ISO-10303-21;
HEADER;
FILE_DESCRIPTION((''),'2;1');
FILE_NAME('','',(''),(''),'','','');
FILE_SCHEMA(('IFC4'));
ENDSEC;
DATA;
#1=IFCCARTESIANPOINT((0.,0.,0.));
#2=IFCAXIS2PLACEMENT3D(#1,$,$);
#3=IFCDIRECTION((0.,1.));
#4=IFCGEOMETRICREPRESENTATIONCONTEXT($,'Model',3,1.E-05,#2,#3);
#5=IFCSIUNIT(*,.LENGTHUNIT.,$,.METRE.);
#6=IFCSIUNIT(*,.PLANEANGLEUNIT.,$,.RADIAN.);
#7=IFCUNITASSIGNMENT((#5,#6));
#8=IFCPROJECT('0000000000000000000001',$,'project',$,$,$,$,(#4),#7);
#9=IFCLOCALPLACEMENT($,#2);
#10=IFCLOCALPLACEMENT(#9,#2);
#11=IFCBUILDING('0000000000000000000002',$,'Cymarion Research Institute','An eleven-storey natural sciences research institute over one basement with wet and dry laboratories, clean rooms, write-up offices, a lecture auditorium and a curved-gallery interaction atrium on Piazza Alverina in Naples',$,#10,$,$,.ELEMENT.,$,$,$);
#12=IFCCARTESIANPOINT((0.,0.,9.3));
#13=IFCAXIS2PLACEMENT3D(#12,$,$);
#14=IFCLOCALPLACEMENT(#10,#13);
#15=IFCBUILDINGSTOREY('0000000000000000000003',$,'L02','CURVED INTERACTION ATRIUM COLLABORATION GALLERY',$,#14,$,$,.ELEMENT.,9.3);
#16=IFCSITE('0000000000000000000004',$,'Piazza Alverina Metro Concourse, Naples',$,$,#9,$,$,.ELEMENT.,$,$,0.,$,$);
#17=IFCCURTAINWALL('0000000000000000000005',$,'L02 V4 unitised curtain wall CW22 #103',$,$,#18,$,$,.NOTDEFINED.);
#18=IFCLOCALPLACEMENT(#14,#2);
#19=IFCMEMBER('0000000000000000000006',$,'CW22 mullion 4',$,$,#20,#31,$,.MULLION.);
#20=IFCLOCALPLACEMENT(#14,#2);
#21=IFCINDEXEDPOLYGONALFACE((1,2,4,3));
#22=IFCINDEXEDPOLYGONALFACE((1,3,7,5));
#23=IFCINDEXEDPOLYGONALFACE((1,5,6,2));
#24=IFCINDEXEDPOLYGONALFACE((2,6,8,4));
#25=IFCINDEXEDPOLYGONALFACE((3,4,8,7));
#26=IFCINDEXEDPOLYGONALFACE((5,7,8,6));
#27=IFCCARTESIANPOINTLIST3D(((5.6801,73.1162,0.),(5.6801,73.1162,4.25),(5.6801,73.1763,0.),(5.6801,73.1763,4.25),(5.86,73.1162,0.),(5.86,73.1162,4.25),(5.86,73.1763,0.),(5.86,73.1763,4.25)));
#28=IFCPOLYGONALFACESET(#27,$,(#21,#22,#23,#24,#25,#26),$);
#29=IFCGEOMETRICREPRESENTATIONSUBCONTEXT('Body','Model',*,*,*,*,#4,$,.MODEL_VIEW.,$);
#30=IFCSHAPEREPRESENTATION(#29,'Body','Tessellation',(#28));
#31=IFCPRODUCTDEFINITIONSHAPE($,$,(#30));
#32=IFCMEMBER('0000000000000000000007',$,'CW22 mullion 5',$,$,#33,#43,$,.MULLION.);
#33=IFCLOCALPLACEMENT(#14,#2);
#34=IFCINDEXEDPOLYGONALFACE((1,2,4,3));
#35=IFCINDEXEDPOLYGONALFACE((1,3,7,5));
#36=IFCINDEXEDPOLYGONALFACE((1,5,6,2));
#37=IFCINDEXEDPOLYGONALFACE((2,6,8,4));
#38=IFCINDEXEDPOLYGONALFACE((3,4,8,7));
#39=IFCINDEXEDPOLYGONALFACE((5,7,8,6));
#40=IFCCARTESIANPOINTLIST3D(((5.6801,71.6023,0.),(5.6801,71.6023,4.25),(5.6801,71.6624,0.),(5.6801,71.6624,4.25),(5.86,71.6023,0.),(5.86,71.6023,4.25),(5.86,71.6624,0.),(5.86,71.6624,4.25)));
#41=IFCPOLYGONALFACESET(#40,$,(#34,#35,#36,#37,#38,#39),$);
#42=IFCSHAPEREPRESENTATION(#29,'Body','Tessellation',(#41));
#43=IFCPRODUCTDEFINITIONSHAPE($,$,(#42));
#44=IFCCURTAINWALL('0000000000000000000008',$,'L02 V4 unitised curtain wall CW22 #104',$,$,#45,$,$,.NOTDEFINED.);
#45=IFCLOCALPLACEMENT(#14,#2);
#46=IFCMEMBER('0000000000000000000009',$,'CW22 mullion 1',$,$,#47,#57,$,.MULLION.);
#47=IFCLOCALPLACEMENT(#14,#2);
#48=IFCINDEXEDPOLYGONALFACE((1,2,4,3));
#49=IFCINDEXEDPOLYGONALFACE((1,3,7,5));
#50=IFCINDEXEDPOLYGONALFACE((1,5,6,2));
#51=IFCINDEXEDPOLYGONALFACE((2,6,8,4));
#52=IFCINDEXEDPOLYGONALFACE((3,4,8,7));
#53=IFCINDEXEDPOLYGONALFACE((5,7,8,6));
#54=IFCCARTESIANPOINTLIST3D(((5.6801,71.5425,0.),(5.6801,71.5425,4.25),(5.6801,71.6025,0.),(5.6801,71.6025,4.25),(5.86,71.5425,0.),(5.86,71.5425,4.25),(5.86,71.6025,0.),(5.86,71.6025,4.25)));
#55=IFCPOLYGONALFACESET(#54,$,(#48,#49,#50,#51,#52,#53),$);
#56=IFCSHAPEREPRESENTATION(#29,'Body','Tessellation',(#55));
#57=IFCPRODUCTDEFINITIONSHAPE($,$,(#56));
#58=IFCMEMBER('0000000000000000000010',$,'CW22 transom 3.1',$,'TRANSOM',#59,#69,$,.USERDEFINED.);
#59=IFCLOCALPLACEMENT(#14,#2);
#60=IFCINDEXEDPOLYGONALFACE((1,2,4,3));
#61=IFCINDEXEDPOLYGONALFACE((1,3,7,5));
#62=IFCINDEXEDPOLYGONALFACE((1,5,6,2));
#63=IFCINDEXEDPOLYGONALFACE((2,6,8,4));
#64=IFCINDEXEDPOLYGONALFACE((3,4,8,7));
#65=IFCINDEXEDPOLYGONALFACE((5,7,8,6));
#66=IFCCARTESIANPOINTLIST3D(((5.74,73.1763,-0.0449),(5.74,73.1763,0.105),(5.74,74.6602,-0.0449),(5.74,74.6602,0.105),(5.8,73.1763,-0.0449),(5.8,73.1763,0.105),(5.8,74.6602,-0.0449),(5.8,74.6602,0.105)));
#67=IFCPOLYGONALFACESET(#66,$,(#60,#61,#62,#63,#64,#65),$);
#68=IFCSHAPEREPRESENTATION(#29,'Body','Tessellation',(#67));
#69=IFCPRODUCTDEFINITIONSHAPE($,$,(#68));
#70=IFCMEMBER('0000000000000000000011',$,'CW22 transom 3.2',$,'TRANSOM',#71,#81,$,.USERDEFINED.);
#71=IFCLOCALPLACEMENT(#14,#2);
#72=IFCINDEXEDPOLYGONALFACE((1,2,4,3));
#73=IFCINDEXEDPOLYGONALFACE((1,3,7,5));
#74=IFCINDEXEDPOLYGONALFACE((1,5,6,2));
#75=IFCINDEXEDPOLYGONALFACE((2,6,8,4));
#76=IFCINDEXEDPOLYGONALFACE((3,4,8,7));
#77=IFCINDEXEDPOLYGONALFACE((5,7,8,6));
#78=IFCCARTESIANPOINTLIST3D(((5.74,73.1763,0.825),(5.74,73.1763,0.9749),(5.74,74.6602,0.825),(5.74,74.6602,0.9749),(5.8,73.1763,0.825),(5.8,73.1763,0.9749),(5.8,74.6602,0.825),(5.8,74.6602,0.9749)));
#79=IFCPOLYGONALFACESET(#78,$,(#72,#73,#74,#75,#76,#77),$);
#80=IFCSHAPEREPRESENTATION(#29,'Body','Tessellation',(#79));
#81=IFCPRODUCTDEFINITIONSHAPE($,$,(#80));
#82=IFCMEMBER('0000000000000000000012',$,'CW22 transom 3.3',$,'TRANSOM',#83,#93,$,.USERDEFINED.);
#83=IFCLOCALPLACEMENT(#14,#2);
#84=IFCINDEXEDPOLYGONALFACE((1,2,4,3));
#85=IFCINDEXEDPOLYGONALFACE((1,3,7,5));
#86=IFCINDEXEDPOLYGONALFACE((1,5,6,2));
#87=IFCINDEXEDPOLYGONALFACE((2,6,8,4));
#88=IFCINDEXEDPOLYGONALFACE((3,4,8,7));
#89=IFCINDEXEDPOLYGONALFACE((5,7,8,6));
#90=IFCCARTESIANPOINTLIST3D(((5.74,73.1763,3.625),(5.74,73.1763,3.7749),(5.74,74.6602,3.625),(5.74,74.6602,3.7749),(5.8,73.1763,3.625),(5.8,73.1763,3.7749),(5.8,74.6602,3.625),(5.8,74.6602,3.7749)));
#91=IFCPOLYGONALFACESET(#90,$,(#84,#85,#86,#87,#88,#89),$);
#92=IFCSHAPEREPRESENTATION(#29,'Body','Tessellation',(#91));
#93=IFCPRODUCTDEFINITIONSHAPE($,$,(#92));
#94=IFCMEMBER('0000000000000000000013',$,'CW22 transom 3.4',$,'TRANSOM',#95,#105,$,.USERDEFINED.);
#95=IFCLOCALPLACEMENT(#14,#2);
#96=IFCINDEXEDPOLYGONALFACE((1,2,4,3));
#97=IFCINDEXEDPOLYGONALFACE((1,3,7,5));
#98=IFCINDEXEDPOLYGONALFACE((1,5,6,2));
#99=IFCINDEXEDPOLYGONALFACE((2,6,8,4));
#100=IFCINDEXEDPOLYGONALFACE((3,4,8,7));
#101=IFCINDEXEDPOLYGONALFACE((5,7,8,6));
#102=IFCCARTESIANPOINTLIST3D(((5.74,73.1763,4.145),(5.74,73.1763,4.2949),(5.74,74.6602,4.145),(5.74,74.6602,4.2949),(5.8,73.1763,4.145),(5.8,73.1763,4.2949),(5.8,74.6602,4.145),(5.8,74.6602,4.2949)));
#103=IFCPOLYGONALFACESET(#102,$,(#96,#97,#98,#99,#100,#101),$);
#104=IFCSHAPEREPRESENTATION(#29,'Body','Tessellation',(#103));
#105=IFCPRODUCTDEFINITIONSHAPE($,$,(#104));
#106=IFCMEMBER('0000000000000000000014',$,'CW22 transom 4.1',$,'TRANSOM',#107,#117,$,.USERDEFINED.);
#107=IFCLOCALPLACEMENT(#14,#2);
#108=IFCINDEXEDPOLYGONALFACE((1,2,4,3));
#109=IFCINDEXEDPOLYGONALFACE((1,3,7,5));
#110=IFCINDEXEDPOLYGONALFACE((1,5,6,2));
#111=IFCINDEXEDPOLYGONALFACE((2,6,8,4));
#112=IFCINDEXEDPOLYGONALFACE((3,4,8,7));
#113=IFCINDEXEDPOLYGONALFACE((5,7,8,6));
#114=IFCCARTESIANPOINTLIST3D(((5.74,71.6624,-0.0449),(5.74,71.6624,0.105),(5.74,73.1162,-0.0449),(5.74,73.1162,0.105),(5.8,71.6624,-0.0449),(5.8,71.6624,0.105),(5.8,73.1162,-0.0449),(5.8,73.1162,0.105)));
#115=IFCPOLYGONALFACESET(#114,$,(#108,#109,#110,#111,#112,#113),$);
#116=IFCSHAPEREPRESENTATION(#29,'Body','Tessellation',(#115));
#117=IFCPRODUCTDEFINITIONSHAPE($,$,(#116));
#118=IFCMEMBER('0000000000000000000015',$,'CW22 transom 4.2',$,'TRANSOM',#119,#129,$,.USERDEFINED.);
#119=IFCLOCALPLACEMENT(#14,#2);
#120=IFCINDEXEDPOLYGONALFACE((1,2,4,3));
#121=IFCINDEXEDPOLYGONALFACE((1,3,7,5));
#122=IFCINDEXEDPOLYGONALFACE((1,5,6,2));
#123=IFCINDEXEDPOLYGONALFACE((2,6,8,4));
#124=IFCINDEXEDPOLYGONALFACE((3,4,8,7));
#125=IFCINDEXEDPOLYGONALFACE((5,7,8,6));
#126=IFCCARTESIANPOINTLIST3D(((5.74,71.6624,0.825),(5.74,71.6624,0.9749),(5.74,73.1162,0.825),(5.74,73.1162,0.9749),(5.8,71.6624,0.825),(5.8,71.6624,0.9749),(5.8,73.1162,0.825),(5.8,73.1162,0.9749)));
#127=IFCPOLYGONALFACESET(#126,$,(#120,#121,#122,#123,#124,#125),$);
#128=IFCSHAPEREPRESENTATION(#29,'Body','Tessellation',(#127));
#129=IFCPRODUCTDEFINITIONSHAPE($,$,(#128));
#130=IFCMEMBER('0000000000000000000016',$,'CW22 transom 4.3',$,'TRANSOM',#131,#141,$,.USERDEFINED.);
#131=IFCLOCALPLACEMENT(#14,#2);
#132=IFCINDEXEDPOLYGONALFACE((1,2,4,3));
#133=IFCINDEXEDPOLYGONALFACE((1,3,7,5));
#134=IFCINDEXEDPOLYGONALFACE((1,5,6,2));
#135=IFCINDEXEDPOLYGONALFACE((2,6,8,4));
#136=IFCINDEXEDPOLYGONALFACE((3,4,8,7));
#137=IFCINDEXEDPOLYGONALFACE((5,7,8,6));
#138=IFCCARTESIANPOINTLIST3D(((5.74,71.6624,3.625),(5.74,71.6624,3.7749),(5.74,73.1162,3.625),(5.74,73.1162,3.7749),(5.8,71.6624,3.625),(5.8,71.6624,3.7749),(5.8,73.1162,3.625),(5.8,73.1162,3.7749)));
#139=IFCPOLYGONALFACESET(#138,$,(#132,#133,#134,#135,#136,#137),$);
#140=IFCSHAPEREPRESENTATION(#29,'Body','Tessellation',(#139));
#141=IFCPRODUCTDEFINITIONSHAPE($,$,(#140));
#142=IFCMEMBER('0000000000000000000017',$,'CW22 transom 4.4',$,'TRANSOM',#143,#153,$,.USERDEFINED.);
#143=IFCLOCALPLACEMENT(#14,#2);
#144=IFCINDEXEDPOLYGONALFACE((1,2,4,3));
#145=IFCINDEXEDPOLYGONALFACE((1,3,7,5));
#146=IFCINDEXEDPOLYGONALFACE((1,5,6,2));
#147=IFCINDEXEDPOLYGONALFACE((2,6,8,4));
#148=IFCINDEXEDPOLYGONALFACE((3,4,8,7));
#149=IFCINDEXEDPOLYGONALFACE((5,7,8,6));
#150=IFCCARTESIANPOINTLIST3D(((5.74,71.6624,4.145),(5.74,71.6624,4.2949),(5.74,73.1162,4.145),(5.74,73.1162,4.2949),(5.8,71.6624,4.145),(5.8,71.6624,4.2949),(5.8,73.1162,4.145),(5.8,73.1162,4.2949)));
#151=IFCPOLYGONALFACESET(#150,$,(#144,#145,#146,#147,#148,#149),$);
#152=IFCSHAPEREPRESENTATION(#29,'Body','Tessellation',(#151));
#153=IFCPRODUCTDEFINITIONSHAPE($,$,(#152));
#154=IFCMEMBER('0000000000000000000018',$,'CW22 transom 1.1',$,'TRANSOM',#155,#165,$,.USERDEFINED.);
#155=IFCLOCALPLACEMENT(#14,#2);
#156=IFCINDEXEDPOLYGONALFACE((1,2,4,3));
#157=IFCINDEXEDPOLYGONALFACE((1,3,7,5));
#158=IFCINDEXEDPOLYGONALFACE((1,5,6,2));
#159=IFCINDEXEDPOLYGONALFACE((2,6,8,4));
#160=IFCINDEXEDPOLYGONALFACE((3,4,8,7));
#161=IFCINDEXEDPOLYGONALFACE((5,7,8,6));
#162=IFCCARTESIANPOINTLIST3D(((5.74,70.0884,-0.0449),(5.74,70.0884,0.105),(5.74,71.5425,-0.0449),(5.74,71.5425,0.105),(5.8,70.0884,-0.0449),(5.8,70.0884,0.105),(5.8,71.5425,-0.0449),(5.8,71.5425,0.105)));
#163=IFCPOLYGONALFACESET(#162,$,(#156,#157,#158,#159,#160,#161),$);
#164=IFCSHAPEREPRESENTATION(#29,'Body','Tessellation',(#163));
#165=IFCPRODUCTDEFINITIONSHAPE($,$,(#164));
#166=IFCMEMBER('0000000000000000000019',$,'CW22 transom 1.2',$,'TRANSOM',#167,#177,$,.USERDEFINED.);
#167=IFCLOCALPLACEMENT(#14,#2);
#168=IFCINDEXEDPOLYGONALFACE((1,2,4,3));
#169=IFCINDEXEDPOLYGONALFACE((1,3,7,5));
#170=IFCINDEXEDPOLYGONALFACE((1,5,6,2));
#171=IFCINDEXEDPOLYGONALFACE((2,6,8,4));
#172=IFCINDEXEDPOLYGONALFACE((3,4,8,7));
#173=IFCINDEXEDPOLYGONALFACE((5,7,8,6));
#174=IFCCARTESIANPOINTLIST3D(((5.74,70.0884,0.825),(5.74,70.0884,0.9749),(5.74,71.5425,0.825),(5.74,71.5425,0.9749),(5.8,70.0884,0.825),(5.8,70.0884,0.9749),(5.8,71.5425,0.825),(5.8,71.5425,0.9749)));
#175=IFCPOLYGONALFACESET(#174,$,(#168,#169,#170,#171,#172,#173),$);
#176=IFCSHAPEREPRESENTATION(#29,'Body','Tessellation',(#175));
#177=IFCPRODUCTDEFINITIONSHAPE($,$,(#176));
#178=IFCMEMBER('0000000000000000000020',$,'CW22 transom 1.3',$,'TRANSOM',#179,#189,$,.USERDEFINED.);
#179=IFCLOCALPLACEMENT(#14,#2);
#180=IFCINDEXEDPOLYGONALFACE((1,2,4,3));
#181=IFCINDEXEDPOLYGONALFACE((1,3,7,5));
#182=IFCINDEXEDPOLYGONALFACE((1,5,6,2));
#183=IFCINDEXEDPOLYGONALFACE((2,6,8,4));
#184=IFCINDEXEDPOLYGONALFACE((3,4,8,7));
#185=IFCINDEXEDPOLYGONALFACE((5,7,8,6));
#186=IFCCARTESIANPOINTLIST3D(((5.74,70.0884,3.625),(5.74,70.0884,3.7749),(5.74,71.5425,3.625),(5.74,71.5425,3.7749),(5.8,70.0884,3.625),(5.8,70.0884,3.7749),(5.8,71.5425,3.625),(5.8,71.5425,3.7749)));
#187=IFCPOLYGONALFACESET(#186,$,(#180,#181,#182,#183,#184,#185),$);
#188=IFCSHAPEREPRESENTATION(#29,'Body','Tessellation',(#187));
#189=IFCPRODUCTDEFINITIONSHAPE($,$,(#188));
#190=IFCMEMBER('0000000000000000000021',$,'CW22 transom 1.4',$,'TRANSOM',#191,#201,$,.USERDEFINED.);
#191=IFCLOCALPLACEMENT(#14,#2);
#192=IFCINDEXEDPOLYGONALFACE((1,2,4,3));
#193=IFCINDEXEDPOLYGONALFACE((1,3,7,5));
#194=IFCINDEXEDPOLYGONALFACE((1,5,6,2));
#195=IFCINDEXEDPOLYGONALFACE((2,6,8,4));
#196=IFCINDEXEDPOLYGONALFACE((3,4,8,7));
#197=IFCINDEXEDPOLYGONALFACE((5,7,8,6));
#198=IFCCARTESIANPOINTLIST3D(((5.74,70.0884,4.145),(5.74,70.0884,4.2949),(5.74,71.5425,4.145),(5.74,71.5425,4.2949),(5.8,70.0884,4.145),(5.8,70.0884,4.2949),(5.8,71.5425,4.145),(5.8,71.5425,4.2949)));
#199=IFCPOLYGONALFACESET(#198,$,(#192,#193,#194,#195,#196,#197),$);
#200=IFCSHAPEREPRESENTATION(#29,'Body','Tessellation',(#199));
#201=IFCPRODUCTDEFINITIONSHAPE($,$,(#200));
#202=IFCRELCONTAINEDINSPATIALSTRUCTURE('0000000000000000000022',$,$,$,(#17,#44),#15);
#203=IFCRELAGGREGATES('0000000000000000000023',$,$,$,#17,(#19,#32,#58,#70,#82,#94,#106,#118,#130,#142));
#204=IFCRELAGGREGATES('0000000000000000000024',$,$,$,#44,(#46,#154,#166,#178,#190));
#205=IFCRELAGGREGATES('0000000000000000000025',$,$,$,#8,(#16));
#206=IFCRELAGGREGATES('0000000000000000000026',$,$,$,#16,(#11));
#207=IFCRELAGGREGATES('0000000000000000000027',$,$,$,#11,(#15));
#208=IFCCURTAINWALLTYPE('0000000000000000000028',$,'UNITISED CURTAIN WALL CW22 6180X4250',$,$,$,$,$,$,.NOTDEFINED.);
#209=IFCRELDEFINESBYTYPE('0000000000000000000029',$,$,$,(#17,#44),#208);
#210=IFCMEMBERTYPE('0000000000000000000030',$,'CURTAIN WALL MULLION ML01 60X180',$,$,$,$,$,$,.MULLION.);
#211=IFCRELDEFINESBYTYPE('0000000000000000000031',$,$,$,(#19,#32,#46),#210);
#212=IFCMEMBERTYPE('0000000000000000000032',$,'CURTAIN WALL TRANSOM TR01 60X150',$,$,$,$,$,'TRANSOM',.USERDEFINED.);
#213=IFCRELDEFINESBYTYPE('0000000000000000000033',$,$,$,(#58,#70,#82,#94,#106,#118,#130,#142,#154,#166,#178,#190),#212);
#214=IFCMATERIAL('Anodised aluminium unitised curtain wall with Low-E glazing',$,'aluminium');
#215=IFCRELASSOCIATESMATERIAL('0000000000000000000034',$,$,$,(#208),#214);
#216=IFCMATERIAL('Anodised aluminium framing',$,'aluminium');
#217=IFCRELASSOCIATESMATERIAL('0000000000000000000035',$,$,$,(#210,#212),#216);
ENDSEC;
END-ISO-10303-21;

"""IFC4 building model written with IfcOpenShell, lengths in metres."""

from ifc_helpers import new_model, si_unit, direction, frame, origin, origin_2d, place, context, subcontext, project, spatial, rectangle, extrude, material, material_profile, profile_set, type_object, element, aggregate, save


model = new_model("IFC4")

# Units and contexts
model_context = context("Model", 3, precision=1e-05, world=origin(), true_north=direction((0.0, 1.0)))
body_context = subcontext(model_context, "Body", "Model", "MODEL_VIEW")
ifc_project = project(units=[si_unit("LENGTHUNIT", "METRE"), si_unit("PLANEANGLEUNIT", "RADIAN")], contexts=[model_context])

# Site, building, storey
site_placement = place(None, origin())
site = spatial("IfcSite", under=ifc_project, at=site_placement, Name="Piazza Alverina Metro Concourse, Naples", CompositionType="ELEMENT", RefElevation=0.0)
building_placement = place(site_placement, origin())
building = spatial("IfcBuilding", under=site, at=building_placement, Name="Cymarion Research Institute", Description="An eleven-storey natural sciences research institute over one basement with wet and dry laboratories, clean rooms, write-up offices, a lecture auditorium and a curved-gallery interaction atrium on Piazza Alverina in Naples", CompositionType="ELEMENT")
storey_placement = place(building_placement, frame((0.0, 0.0, 9.3)))
storey = spatial("IfcBuildingStorey", under=building, at=storey_placement, Name="L02", Description="CURVED INTERACTION ATRIUM COLLABORATION GALLERY", CompositionType="ELEMENT", Elevation=9.3)

# Curtain wall, members
ifc_material_1 = material(Name="Anodised aluminium unitised curtain wall with Low-E glazing", Category="aluminium")
curtain_wall_type = type_object("IfcCurtainWallType", Name="UNITISED CURTAIN WALL CW22 6180X4250", PredefinedType="NOTDEFINED", material=ifc_material_1)
curtain_wall_1_placement = place(storey_placement, origin())
curtain_wall_1 = element("IfcCurtainWall", 1, at=curtain_wall_1_placement, inside=storey, type_object=curtain_wall_type, Name="L02 V4 unitised curtain wall CW22 #103", PredefinedType="NOTDEFINED")
ifc_material_2 = material(Name="Anodised aluminium framing", Category="aluminium")
ifc_material_profile_1 = material_profile(ifc_material_2, rectangle(XDim=0.0601, YDim=0.1799, at=origin_2d()), Name="ALU MULLION 60x180")
ifc_profile_set_1 = profile_set([ifc_material_profile_1], Name="Anodised aluminium framing")
member_type_1 = type_object("IfcMemberType", Name="CURTAIN WALL MULLION ML01 60X180", PredefinedType="MULLION", material=ifc_profile_set_1)
member_1_placement = place(storey_placement, frame((5.77, 73.1462, 0.0), z_axis=(0.0, 0.0, 1.0), x_axis=(0.0, -1.0, 0.0)))
member_1 = element("IfcMember", 2, at=member_1_placement, type_object=member_type_1, Name="CW22 mullion 4", PredefinedType="MULLION", context=body_context, shape_type="SweptSolid", body=[
    extrude(rectangle(XDim=0.0601, YDim=0.1799, at=origin_2d()), origin(), (0.0, 0.0, 1.0), 4.25),
])
member_2_placement = place(storey_placement, frame((5.77, 71.6323, 0.0), z_axis=(0.0, 0.0, 1.0), x_axis=(0.0, -1.0, 0.0)))
member_2 = element("IfcMember", 3, at=member_2_placement, type_object=member_type_1, Name="CW22 mullion 5", PredefinedType="MULLION", context=body_context, shape_type="SweptSolid", body=[
    extrude(rectangle(XDim=0.0601, YDim=0.1799, at=origin_2d()), origin(), (0.0, 0.0, 1.0), 4.25),
])

# Curtain wall, member
curtain_wall_2_placement = place(storey_placement, origin())
curtain_wall_2 = element("IfcCurtainWall", 4, at=curtain_wall_2_placement, inside=storey, type_object=curtain_wall_type, Name="L02 V4 unitised curtain wall CW22 #104", PredefinedType="NOTDEFINED")
member_3_placement = place(storey_placement, frame((5.77, 71.5725, 0.0), z_axis=(0.0, 0.0, 1.0), x_axis=(0.0, -1.0, 0.0)))
member_3 = element("IfcMember", 5, at=member_3_placement, type_object=member_type_1, Name="CW22 mullion 1", PredefinedType="MULLION", context=body_context, shape_type="SweptSolid", body=[
    extrude(rectangle(XDim=0.0601, YDim=0.1799, at=origin_2d()), origin(), (0.0, 0.0, 1.0), 4.25),
])

# Members
ifc_material_profile_2 = material_profile(ifc_material_2, rectangle(XDim=0.0601, YDim=0.1499, at=origin_2d()), Name="ALU TRANSOM 60x150")
ifc_profile_set_2 = profile_set([ifc_material_profile_2], Name="Anodised aluminium framing")
member_type_2 = type_object("IfcMemberType", Name="CURTAIN WALL TRANSOM TR01 60X150", ElementType="TRANSOM", PredefinedType="USERDEFINED", material=ifc_profile_set_2)
member_4_placement = place(storey_placement, frame((5.77, 74.6602, 0.03), z_axis=(0.0, -1.0, 0.0), x_axis=(1.0, 0.0, 0.0)))
member_4 = element("IfcMember", 6, at=member_4_placement, type_object=member_type_2, Name="CW22 transom 3.1", ObjectType="TRANSOM", PredefinedType="USERDEFINED", context=body_context, shape_type="SweptSolid", body=[
    extrude(rectangle(XDim=0.0601, YDim=0.1499, at=origin_2d()), origin(), (0.0, 0.0, 1.0), 1.4839),
])
member_5_placement = place(storey_placement, frame((5.77, 74.6602, 0.8999), z_axis=(0.0, -1.0, 0.0), x_axis=(1.0, 0.0, 0.0)))
member_5 = element("IfcMember", 7, at=member_5_placement, type_object=member_type_2, Name="CW22 transom 3.2", ObjectType="TRANSOM", PredefinedType="USERDEFINED", context=body_context, shape_type="SweptSolid", body=[
    extrude(rectangle(XDim=0.0601, YDim=0.1499, at=origin_2d()), origin(), (0.0, 0.0, 1.0), 1.4839),
])
member_6_placement = place(storey_placement, frame((5.77, 74.6602, 3.7), z_axis=(0.0, -1.0, 0.0), x_axis=(1.0, 0.0, 0.0)))
member_6 = element("IfcMember", 8, at=member_6_placement, type_object=member_type_2, Name="CW22 transom 3.3", ObjectType="TRANSOM", PredefinedType="USERDEFINED", context=body_context, shape_type="SweptSolid", body=[
    extrude(rectangle(XDim=0.0601, YDim=0.1499, at=origin_2d()), origin(), (0.0, 0.0, 1.0), 1.4839),
])
member_7_placement = place(storey_placement, frame((5.77, 74.6602, 4.22), z_axis=(0.0, -1.0, 0.0), x_axis=(1.0, 0.0, 0.0)))
member_7 = element("IfcMember", 9, at=member_7_placement, type_object=member_type_2, Name="CW22 transom 3.4", ObjectType="TRANSOM", PredefinedType="USERDEFINED", context=body_context, shape_type="SweptSolid", body=[
    extrude(rectangle(XDim=0.0601, YDim=0.1499, at=origin_2d()), origin(), (0.0, 0.0, 1.0), 1.4839),
])
member_8_placement = place(storey_placement, frame((5.77, 73.1162, 0.03), z_axis=(0.0, -1.0, 0.0), x_axis=(1.0, 0.0, 0.0)))
member_8 = element("IfcMember", 10, at=member_8_placement, type_object=member_type_2, Name="CW22 transom 4.1", ObjectType="TRANSOM", PredefinedType="USERDEFINED", context=body_context, shape_type="SweptSolid", body=[
    extrude(rectangle(XDim=0.0601, YDim=0.1499, at=origin_2d()), origin(), (0.0, 0.0, 1.0), 1.4539),
])
member_9_placement = place(storey_placement, frame((5.77, 73.1162, 0.8999), z_axis=(0.0, -1.0, 0.0), x_axis=(1.0, 0.0, 0.0)))
member_9 = element("IfcMember", 11, at=member_9_placement, type_object=member_type_2, Name="CW22 transom 4.2", ObjectType="TRANSOM", PredefinedType="USERDEFINED", context=body_context, shape_type="SweptSolid", body=[
    extrude(rectangle(XDim=0.0601, YDim=0.1499, at=origin_2d()), origin(), (0.0, 0.0, 1.0), 1.4539),
])
member_10_placement = place(storey_placement, frame((5.77, 73.1162, 3.7), z_axis=(0.0, -1.0, 0.0), x_axis=(1.0, 0.0, 0.0)))
member_10 = element("IfcMember", 12, at=member_10_placement, type_object=member_type_2, Name="CW22 transom 4.3", ObjectType="TRANSOM", PredefinedType="USERDEFINED", context=body_context, shape_type="SweptSolid", body=[
    extrude(rectangle(XDim=0.0601, YDim=0.1499, at=origin_2d()), origin(), (0.0, 0.0, 1.0), 1.4539),
])
member_11_placement = place(storey_placement, frame((5.77, 73.1162, 4.22), z_axis=(0.0, -1.0, 0.0), x_axis=(1.0, 0.0, 0.0)))
member_11 = element("IfcMember", 13, at=member_11_placement, type_object=member_type_2, Name="CW22 transom 4.4", ObjectType="TRANSOM", PredefinedType="USERDEFINED", context=body_context, shape_type="SweptSolid", body=[
    extrude(rectangle(XDim=0.0601, YDim=0.1499, at=origin_2d()), origin(), (0.0, 0.0, 1.0), 1.4539),
])
member_12_placement = place(storey_placement, frame((5.77, 71.5425, 0.03), z_axis=(0.0, -1.0, 0.0), x_axis=(1.0, 0.0, 0.0)))
member_12 = element("IfcMember", 14, at=member_12_placement, type_object=member_type_2, Name="CW22 transom 1.1", ObjectType="TRANSOM", PredefinedType="USERDEFINED", context=body_context, shape_type="SweptSolid", body=[
    extrude(rectangle(XDim=0.0601, YDim=0.1499, at=origin_2d()), origin(), (0.0, 0.0, 1.0), 1.4541),
])
member_13_placement = place(storey_placement, frame((5.77, 71.5425, 0.8999), z_axis=(0.0, -1.0, 0.0), x_axis=(1.0, 0.0, 0.0)))
member_13 = element("IfcMember", 15, at=member_13_placement, type_object=member_type_2, Name="CW22 transom 1.2", ObjectType="TRANSOM", PredefinedType="USERDEFINED", context=body_context, shape_type="SweptSolid", body=[
    extrude(rectangle(XDim=0.0601, YDim=0.1499, at=origin_2d()), origin(), (0.0, 0.0, 1.0), 1.4541),
])
member_14_placement = place(storey_placement, frame((5.77, 71.5425, 3.7), z_axis=(0.0, -1.0, 0.0), x_axis=(1.0, 0.0, 0.0)))
member_14 = element("IfcMember", 16, at=member_14_placement, type_object=member_type_2, Name="CW22 transom 1.3", ObjectType="TRANSOM", PredefinedType="USERDEFINED", context=body_context, shape_type="SweptSolid", body=[
    extrude(rectangle(XDim=0.0601, YDim=0.1499, at=origin_2d()), origin(), (0.0, 0.0, 1.0), 1.4541),
])
member_15_placement = place(storey_placement, frame((5.77, 71.5425, 4.22), z_axis=(0.0, -1.0, 0.0), x_axis=(1.0, 0.0, 0.0)))
member_15 = element("IfcMember", 17, at=member_15_placement, type_object=member_type_2, Name="CW22 transom 1.4", ObjectType="TRANSOM", PredefinedType="USERDEFINED", context=body_context, shape_type="SweptSolid", body=[
    extrude(rectangle(XDim=0.0601, YDim=0.1499, at=origin_2d()), origin(), (0.0, 0.0, 1.0), 1.4541),
])

aggregate(curtain_wall_1, [member_1, member_2, member_4, member_5, member_6, member_7, member_8, member_9, member_10, member_11])
aggregate(curtain_wall_2, [member_3, member_12, member_13, member_14, member_15])

save(model, "model.ifc")
